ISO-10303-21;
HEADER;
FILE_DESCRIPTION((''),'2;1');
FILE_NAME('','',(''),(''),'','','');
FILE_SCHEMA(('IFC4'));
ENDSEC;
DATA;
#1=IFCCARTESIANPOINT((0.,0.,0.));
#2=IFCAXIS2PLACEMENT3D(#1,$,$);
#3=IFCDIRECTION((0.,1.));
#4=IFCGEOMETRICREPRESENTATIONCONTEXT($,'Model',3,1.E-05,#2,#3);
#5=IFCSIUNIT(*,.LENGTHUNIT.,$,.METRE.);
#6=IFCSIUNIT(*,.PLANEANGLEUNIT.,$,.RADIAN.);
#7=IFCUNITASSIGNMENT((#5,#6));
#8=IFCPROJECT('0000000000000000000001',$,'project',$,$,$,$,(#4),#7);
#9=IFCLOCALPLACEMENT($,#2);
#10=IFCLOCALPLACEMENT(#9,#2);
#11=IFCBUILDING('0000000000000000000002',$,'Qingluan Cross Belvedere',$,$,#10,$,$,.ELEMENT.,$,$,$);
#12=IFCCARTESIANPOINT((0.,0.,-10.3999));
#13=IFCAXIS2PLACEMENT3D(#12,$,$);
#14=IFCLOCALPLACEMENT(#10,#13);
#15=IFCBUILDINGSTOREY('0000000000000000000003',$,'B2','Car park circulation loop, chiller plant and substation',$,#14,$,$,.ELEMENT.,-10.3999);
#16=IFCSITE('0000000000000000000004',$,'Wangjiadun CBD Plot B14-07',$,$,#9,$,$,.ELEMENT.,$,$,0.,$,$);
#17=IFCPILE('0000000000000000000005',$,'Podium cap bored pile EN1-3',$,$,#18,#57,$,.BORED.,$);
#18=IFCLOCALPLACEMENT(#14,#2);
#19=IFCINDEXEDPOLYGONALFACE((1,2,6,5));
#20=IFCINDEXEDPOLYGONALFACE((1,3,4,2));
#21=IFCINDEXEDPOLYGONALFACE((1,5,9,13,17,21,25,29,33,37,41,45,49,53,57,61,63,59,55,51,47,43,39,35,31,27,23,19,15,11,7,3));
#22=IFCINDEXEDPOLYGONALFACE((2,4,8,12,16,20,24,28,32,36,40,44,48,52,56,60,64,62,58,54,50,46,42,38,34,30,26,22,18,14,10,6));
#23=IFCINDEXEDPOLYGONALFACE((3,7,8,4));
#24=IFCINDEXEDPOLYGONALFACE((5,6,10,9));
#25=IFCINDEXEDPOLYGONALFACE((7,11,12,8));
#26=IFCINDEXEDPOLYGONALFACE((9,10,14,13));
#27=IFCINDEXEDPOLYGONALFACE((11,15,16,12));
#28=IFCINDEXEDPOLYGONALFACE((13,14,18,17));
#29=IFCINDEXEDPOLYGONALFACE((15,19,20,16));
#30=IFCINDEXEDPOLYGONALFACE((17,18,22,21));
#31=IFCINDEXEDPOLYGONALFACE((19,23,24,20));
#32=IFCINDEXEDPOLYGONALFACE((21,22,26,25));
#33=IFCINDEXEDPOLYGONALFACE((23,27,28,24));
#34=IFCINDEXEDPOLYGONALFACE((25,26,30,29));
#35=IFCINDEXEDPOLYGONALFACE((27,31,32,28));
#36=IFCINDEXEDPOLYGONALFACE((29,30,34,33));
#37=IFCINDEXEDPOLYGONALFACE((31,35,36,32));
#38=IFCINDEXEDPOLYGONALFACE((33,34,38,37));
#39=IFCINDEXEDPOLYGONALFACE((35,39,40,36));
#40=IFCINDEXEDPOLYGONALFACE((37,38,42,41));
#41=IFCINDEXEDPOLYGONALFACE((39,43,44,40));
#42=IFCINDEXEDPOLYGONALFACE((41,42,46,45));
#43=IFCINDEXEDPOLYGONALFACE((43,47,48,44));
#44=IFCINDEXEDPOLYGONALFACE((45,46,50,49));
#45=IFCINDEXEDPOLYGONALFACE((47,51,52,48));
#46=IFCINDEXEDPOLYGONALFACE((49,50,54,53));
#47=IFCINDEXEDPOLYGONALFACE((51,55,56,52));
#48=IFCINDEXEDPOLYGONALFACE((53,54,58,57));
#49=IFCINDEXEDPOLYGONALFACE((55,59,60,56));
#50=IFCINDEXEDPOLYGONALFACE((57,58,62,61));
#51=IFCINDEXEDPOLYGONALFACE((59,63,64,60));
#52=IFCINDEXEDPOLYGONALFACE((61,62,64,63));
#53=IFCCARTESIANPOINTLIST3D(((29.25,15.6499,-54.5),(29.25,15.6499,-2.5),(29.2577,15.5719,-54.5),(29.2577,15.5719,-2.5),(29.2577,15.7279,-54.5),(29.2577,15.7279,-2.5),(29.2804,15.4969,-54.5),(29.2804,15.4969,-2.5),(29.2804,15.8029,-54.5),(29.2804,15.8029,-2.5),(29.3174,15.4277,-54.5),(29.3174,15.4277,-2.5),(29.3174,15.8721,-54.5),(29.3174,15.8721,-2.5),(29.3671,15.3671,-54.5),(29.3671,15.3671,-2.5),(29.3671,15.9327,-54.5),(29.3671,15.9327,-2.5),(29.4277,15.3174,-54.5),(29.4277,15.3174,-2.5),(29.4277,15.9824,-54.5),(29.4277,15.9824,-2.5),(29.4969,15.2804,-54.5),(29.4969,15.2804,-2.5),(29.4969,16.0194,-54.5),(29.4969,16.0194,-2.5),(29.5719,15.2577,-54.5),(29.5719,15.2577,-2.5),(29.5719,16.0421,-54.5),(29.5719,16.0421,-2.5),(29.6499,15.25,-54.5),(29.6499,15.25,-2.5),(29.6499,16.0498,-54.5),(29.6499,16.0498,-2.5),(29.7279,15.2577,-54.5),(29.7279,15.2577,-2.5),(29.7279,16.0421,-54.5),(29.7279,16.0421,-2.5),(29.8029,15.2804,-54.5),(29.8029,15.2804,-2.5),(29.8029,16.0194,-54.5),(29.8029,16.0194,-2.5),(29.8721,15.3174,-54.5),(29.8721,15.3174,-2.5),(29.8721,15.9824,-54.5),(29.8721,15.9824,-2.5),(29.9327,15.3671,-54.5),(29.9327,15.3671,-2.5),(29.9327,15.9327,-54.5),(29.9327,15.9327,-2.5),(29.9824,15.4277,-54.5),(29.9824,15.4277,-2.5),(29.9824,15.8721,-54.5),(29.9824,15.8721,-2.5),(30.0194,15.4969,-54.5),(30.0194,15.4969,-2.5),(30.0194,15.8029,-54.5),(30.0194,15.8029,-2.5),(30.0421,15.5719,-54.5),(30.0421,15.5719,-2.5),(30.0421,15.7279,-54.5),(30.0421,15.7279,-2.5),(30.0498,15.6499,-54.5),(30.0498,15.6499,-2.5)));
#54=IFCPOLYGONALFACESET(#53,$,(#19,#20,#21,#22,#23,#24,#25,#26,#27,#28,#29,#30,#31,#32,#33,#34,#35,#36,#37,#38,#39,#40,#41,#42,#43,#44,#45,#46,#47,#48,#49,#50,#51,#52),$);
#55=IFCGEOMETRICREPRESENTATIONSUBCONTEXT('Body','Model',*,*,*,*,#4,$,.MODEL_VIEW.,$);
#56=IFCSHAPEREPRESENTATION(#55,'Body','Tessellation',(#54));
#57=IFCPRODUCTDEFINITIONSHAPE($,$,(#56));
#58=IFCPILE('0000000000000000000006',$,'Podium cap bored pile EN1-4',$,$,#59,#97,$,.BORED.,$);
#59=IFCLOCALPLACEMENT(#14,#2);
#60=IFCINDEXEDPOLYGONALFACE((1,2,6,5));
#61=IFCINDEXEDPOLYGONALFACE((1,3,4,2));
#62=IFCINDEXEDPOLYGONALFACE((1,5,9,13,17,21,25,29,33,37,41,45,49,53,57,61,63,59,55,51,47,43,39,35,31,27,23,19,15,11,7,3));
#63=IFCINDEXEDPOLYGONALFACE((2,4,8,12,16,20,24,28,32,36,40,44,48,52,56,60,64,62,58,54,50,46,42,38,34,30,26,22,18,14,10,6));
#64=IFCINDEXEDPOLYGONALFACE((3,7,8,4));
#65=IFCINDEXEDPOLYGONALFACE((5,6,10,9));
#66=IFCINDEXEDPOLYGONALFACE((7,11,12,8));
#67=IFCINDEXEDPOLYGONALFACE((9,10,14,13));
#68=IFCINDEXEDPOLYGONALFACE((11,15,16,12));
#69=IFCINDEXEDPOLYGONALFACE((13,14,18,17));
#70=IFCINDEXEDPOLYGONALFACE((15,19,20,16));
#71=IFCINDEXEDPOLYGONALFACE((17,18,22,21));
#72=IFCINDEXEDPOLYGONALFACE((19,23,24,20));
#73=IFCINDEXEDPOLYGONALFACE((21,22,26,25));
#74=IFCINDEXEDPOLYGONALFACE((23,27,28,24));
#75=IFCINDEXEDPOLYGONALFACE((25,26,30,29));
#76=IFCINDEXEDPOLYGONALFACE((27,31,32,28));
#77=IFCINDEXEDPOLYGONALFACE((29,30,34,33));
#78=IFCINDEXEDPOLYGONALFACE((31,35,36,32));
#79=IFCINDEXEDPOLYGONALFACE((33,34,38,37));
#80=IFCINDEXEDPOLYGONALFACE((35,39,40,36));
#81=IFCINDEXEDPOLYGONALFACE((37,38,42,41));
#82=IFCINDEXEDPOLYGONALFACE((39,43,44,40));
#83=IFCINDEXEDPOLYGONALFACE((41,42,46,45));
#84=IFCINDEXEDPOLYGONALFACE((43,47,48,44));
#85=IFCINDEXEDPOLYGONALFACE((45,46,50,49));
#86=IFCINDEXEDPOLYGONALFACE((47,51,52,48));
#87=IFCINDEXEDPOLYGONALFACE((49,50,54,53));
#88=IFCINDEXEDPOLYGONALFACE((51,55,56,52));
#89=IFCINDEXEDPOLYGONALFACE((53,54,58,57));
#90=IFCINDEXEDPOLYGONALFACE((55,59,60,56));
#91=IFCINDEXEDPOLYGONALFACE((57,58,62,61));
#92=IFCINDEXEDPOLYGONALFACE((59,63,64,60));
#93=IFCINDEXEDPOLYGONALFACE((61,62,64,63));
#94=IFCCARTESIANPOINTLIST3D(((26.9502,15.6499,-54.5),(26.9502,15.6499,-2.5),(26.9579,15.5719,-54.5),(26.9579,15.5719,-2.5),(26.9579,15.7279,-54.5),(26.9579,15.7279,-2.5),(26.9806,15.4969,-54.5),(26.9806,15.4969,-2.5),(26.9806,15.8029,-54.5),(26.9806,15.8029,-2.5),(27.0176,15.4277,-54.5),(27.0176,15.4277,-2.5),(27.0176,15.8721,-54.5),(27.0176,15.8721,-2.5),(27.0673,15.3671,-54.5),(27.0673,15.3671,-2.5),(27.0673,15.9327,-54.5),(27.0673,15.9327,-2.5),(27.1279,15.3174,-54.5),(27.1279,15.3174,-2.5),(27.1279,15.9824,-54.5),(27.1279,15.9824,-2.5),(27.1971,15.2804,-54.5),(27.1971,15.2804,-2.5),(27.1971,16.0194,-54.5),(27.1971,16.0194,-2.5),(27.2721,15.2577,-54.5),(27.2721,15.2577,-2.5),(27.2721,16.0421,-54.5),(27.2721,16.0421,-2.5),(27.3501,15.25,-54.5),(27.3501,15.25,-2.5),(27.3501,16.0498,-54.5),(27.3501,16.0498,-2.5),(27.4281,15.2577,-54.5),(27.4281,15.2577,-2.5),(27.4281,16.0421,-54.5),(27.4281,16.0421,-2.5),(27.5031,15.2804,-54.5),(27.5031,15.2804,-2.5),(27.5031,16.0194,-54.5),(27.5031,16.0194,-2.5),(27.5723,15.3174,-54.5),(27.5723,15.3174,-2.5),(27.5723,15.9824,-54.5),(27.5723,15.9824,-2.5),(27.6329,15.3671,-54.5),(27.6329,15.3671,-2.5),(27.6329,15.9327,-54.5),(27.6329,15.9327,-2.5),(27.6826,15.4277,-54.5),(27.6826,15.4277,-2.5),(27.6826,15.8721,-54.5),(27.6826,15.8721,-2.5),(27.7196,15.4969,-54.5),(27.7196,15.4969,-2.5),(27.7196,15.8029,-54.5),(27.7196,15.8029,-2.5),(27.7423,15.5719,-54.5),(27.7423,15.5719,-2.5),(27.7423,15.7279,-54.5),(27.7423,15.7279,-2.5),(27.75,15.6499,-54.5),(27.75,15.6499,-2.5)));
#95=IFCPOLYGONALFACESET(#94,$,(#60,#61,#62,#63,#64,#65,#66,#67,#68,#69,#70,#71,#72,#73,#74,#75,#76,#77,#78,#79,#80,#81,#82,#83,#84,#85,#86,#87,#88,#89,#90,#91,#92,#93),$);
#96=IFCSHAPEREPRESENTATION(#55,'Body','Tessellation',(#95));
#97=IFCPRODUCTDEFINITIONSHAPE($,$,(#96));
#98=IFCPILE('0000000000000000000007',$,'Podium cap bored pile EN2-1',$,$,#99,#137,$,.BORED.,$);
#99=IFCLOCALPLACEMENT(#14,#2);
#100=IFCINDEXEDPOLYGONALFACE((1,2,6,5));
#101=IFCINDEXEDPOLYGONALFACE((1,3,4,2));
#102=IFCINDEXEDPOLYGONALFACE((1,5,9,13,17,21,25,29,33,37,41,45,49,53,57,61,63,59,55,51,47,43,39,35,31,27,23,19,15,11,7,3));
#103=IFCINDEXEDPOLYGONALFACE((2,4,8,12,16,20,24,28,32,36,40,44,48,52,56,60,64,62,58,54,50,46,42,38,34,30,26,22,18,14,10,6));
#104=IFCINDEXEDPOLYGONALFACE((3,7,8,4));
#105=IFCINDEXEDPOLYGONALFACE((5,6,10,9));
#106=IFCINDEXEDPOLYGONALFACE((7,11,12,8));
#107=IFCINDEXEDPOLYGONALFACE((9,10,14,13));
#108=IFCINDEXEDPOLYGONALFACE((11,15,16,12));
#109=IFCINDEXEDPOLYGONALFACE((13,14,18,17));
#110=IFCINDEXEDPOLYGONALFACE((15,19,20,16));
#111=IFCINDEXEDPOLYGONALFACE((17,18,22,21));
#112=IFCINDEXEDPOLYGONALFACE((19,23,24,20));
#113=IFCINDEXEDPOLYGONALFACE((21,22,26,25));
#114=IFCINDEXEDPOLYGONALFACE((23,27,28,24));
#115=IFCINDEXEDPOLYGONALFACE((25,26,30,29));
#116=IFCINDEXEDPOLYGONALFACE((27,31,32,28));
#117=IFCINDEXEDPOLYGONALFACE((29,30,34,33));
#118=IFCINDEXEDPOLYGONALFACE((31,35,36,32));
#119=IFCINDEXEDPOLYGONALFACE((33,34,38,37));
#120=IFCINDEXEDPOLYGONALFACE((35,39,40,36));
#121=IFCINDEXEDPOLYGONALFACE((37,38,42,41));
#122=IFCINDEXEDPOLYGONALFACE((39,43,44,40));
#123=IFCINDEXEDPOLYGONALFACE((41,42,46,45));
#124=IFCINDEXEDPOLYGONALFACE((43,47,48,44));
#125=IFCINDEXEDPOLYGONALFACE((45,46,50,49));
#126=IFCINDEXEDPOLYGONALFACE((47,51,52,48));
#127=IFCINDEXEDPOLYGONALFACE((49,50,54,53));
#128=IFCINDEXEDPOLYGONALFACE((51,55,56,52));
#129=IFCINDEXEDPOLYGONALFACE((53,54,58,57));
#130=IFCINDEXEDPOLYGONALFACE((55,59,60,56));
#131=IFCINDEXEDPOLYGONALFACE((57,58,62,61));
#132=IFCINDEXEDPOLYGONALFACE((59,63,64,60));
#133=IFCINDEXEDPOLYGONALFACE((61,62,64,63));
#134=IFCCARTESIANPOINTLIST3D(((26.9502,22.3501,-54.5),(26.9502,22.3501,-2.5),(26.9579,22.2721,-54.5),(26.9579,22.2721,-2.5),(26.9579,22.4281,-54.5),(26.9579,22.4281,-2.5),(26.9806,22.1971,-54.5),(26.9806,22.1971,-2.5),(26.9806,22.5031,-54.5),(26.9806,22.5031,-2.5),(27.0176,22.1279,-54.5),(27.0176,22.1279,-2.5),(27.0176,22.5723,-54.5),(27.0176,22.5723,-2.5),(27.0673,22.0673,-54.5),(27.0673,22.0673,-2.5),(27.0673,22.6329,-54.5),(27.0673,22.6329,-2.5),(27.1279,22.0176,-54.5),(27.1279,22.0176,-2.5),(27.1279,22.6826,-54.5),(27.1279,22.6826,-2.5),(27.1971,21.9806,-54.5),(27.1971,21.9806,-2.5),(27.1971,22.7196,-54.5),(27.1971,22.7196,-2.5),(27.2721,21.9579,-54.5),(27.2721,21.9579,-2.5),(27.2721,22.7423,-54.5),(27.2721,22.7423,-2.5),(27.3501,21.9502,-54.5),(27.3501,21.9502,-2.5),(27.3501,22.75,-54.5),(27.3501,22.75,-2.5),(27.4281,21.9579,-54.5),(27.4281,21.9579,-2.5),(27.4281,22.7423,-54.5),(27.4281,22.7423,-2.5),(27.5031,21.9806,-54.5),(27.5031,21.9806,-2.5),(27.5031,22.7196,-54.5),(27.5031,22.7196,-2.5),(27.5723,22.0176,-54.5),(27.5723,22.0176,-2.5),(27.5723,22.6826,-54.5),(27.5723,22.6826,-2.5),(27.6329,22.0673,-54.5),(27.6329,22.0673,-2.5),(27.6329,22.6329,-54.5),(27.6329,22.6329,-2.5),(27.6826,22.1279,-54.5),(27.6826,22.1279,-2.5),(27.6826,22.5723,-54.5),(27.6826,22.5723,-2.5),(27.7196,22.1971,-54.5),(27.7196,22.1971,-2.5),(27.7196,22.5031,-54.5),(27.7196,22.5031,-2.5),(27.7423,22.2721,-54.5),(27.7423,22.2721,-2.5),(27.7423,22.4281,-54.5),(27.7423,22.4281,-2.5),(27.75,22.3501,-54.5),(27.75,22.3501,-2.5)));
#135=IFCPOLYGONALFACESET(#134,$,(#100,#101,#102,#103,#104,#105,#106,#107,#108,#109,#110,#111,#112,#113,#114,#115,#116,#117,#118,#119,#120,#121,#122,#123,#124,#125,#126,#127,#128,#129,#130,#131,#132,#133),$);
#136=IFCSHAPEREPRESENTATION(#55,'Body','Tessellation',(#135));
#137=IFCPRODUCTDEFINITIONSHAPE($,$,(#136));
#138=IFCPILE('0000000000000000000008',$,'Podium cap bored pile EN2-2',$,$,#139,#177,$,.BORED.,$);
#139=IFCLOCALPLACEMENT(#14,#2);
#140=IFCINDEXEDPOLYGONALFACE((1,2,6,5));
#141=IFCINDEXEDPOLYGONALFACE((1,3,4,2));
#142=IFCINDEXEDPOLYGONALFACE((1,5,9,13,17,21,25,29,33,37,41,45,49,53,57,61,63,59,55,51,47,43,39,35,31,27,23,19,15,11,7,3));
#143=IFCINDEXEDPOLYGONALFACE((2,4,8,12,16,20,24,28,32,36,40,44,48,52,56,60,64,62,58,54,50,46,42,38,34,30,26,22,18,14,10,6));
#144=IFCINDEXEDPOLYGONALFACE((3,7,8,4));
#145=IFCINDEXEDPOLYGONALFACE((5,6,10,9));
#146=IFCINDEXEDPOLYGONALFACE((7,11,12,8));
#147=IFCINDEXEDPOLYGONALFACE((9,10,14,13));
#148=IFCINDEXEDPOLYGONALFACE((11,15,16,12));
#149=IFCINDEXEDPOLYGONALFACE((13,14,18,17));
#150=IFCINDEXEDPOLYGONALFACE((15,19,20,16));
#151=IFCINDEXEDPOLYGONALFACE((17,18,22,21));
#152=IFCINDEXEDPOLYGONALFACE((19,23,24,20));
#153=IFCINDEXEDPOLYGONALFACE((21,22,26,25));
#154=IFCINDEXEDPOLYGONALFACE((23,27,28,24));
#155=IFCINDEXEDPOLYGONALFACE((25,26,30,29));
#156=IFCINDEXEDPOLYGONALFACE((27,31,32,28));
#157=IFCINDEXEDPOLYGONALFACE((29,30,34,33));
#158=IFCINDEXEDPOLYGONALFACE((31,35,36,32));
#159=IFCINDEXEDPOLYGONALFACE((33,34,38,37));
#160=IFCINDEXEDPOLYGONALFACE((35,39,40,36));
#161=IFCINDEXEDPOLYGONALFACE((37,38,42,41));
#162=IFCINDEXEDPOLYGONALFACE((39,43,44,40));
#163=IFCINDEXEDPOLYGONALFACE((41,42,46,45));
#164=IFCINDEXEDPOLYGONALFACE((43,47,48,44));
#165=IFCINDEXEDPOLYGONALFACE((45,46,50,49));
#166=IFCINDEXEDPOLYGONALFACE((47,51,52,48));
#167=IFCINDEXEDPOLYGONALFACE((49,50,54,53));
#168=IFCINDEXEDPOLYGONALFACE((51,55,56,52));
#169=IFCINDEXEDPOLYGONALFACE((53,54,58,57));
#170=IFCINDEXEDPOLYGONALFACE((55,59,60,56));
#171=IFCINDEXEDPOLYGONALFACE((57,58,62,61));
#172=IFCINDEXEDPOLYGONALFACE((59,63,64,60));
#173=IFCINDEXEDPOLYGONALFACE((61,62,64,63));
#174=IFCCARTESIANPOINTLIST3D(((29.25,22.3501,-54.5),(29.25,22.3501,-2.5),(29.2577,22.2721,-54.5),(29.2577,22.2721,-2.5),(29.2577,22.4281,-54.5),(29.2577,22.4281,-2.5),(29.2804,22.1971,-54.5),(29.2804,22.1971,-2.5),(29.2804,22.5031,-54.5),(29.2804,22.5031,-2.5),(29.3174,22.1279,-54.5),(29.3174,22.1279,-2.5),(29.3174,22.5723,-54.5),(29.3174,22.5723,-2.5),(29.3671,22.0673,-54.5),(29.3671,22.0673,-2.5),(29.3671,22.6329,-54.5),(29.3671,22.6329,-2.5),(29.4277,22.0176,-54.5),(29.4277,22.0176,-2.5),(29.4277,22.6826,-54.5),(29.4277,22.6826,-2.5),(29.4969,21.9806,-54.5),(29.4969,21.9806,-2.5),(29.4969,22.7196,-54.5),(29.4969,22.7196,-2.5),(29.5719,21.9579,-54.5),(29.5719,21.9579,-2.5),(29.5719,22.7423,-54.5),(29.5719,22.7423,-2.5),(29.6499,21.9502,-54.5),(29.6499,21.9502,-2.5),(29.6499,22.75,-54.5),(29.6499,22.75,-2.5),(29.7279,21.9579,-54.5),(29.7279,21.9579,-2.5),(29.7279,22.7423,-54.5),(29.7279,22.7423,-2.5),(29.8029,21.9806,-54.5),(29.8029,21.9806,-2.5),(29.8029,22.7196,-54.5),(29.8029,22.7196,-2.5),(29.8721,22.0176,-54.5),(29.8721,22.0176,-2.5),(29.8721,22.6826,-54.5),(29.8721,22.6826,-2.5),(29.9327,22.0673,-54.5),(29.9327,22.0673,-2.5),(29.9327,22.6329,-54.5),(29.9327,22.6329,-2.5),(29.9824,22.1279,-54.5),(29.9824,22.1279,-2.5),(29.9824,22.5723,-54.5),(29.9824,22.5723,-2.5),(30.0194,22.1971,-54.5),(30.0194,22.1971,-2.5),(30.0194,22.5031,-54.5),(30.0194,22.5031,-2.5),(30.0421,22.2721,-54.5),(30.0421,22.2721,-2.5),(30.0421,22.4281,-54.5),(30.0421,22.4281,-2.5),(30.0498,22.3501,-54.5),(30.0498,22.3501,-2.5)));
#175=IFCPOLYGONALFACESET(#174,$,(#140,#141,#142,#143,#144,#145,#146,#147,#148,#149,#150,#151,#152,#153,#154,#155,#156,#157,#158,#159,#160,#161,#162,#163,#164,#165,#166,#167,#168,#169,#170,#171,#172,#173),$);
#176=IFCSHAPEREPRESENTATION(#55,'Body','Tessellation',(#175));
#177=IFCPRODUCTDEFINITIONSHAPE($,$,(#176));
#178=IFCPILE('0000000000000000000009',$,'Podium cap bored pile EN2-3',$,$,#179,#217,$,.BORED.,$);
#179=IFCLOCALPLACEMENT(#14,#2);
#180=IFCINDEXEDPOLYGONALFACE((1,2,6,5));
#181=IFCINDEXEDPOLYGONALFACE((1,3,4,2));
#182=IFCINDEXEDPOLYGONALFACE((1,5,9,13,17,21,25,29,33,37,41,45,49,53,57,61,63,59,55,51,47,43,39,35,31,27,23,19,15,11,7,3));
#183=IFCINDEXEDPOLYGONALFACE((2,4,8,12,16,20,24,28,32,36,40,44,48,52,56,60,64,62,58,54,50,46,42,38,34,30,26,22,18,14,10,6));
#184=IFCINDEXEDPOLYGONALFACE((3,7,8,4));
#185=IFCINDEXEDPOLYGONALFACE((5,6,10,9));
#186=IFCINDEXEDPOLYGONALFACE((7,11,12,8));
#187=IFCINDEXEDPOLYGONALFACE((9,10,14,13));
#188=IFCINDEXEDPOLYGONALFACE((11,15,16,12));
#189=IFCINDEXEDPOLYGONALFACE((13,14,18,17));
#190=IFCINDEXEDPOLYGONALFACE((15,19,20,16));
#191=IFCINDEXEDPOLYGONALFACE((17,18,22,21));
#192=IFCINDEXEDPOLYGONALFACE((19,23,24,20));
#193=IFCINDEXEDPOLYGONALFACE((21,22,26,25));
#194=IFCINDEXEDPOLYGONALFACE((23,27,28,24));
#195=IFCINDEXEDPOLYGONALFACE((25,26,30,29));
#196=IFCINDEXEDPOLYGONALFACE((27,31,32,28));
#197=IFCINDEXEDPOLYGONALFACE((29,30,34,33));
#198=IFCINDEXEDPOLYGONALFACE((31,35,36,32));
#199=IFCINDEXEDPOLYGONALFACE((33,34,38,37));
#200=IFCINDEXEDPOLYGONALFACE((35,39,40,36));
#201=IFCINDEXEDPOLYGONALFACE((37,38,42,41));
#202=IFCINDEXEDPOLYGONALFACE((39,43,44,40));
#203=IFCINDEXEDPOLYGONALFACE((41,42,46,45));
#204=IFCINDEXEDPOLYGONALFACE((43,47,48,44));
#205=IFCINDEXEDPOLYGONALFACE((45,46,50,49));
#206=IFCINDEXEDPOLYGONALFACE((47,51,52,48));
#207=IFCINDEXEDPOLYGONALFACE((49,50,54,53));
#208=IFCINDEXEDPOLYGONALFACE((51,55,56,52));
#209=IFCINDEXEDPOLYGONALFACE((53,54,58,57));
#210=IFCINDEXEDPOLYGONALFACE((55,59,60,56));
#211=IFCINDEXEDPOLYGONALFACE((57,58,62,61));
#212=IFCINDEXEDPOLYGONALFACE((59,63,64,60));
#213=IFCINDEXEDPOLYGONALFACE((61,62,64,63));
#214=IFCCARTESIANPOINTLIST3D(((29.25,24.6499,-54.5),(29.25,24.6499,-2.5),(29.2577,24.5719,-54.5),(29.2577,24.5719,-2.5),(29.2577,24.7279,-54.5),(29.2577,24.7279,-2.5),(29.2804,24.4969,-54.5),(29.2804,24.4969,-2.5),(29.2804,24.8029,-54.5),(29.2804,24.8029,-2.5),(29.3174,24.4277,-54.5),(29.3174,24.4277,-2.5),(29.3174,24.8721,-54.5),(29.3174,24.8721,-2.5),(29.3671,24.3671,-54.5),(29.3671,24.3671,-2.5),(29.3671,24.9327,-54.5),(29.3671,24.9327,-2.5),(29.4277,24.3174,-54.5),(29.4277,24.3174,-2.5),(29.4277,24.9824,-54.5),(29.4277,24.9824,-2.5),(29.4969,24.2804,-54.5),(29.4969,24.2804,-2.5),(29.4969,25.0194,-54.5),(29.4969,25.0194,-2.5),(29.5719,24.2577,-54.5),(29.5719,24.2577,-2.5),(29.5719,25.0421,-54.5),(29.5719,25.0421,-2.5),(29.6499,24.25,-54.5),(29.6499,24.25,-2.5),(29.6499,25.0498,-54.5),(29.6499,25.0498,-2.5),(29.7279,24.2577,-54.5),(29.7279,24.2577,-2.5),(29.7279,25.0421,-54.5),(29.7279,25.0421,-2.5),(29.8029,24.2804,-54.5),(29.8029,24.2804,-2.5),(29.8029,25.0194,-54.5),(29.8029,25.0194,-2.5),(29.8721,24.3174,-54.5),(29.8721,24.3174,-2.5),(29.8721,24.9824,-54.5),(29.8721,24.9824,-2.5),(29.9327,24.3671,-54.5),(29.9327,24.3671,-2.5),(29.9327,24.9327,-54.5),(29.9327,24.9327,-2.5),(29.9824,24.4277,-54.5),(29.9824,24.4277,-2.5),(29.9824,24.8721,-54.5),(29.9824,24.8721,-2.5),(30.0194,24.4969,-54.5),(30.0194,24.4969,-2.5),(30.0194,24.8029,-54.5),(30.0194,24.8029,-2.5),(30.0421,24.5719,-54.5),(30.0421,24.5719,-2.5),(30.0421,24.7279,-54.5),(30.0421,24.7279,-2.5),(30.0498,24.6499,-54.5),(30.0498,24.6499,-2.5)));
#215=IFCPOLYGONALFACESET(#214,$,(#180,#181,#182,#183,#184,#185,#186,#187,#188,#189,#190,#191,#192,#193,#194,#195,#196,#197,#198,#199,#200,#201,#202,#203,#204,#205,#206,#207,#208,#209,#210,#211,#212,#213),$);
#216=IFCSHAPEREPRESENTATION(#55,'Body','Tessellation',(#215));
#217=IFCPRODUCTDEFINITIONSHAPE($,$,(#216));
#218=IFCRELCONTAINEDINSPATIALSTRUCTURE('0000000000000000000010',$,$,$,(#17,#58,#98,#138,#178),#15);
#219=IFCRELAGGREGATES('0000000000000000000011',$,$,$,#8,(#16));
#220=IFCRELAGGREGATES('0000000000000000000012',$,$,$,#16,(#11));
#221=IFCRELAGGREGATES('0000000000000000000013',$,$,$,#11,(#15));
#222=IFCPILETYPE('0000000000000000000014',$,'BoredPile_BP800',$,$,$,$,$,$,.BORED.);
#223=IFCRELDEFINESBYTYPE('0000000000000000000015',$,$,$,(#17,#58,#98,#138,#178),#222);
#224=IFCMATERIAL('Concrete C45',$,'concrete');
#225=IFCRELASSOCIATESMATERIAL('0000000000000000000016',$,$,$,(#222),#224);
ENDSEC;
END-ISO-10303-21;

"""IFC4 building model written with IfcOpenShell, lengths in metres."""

from ifc_helpers import new_model, si_unit, direction, frame, origin, origin_2d, place, context, subcontext, project, spatial, circle, extrude, material, material_profile, profile_set, type_object, element, save


model = new_model("IFC4")

# Units and contexts
model_context = context("Model", 3, precision=1e-05, world=origin(), true_north=direction((0.0, 1.0)))
body_context = subcontext(model_context, "Body", "Model", "MODEL_VIEW")
ifc_project = project(units=[si_unit("LENGTHUNIT", "METRE"), si_unit("PLANEANGLEUNIT", "RADIAN")], contexts=[model_context])

# Site, building, storey
site_placement = place(None, origin())
site = spatial("IfcSite", under=ifc_project, at=site_placement, Name="Wangjiadun CBD Plot B14-07", CompositionType="ELEMENT", RefElevation=0.0)
building_placement = place(site_placement, origin())
building = spatial("IfcBuilding", under=site, at=building_placement, Name="Qingluan Cross Belvedere", CompositionType="ELEMENT")
storey_placement = place(building_placement, frame((0.0, 0.0, -10.3999)))
storey = spatial("IfcBuildingStorey", under=building, at=storey_placement, Name="B2", Description="Car park circulation loop, chiller plant and substation", CompositionType="ELEMENT", Elevation=-10.3999)

# Piles
ifc_material_1 = material(Name="Concrete C45", Category="concrete")
ifc_material_profile_1 = material_profile(ifc_material_1, circle(Radius=0.3999, at=origin_2d()), Name="BP800")
ifc_profile_set_1 = profile_set([ifc_material_profile_1], Name="Concrete C45")
pile_type_1 = type_object("IfcPileType", Name="BoredPile_BP800", PredefinedType="BORED", material=ifc_profile_set_1)
for number, where, z_axis, x_axis, name in (
    (1, (29.6499, 15.6499, -2.5), (0.0, 0.0, -1.0), (1.0, 0.0, 0.0), "Podium cap bored pile EN1-3"),
    (2, (27.3501, 15.6499, -2.5), (0.0, 0.0, -1.0), (1.0, 0.0, 0.0), "Podium cap bored pile EN1-4"),
    (3, (27.3501, 22.3501, -2.5), (0.0, 0.0, -1.0), (1.0, 0.0, 0.0), "Podium cap bored pile EN2-1"),
    (4, (29.6499, 22.3501, -2.5), (0.0, 0.0, -1.0), (1.0, 0.0, 0.0), "Podium cap bored pile EN2-2"),
    (5, (29.6499, 24.6499, -2.5), (0.0, 0.0, -1.0), (1.0, 0.0, 0.0), "Podium cap bored pile EN2-3"),
):
    element("IfcPile", number, at=place(storey_placement, frame(where, z_axis=z_axis, x_axis=x_axis)), inside=storey, type_object=pile_type_1, Name=name, PredefinedType="BORED", context=body_context, shape_type="SweptSolid", body=[
        extrude(circle(Radius=0.3999, at=origin_2d()), origin(), (0.0, 0.0, 1.0), 52.0),
    ])

save(model, "model.ifc")
